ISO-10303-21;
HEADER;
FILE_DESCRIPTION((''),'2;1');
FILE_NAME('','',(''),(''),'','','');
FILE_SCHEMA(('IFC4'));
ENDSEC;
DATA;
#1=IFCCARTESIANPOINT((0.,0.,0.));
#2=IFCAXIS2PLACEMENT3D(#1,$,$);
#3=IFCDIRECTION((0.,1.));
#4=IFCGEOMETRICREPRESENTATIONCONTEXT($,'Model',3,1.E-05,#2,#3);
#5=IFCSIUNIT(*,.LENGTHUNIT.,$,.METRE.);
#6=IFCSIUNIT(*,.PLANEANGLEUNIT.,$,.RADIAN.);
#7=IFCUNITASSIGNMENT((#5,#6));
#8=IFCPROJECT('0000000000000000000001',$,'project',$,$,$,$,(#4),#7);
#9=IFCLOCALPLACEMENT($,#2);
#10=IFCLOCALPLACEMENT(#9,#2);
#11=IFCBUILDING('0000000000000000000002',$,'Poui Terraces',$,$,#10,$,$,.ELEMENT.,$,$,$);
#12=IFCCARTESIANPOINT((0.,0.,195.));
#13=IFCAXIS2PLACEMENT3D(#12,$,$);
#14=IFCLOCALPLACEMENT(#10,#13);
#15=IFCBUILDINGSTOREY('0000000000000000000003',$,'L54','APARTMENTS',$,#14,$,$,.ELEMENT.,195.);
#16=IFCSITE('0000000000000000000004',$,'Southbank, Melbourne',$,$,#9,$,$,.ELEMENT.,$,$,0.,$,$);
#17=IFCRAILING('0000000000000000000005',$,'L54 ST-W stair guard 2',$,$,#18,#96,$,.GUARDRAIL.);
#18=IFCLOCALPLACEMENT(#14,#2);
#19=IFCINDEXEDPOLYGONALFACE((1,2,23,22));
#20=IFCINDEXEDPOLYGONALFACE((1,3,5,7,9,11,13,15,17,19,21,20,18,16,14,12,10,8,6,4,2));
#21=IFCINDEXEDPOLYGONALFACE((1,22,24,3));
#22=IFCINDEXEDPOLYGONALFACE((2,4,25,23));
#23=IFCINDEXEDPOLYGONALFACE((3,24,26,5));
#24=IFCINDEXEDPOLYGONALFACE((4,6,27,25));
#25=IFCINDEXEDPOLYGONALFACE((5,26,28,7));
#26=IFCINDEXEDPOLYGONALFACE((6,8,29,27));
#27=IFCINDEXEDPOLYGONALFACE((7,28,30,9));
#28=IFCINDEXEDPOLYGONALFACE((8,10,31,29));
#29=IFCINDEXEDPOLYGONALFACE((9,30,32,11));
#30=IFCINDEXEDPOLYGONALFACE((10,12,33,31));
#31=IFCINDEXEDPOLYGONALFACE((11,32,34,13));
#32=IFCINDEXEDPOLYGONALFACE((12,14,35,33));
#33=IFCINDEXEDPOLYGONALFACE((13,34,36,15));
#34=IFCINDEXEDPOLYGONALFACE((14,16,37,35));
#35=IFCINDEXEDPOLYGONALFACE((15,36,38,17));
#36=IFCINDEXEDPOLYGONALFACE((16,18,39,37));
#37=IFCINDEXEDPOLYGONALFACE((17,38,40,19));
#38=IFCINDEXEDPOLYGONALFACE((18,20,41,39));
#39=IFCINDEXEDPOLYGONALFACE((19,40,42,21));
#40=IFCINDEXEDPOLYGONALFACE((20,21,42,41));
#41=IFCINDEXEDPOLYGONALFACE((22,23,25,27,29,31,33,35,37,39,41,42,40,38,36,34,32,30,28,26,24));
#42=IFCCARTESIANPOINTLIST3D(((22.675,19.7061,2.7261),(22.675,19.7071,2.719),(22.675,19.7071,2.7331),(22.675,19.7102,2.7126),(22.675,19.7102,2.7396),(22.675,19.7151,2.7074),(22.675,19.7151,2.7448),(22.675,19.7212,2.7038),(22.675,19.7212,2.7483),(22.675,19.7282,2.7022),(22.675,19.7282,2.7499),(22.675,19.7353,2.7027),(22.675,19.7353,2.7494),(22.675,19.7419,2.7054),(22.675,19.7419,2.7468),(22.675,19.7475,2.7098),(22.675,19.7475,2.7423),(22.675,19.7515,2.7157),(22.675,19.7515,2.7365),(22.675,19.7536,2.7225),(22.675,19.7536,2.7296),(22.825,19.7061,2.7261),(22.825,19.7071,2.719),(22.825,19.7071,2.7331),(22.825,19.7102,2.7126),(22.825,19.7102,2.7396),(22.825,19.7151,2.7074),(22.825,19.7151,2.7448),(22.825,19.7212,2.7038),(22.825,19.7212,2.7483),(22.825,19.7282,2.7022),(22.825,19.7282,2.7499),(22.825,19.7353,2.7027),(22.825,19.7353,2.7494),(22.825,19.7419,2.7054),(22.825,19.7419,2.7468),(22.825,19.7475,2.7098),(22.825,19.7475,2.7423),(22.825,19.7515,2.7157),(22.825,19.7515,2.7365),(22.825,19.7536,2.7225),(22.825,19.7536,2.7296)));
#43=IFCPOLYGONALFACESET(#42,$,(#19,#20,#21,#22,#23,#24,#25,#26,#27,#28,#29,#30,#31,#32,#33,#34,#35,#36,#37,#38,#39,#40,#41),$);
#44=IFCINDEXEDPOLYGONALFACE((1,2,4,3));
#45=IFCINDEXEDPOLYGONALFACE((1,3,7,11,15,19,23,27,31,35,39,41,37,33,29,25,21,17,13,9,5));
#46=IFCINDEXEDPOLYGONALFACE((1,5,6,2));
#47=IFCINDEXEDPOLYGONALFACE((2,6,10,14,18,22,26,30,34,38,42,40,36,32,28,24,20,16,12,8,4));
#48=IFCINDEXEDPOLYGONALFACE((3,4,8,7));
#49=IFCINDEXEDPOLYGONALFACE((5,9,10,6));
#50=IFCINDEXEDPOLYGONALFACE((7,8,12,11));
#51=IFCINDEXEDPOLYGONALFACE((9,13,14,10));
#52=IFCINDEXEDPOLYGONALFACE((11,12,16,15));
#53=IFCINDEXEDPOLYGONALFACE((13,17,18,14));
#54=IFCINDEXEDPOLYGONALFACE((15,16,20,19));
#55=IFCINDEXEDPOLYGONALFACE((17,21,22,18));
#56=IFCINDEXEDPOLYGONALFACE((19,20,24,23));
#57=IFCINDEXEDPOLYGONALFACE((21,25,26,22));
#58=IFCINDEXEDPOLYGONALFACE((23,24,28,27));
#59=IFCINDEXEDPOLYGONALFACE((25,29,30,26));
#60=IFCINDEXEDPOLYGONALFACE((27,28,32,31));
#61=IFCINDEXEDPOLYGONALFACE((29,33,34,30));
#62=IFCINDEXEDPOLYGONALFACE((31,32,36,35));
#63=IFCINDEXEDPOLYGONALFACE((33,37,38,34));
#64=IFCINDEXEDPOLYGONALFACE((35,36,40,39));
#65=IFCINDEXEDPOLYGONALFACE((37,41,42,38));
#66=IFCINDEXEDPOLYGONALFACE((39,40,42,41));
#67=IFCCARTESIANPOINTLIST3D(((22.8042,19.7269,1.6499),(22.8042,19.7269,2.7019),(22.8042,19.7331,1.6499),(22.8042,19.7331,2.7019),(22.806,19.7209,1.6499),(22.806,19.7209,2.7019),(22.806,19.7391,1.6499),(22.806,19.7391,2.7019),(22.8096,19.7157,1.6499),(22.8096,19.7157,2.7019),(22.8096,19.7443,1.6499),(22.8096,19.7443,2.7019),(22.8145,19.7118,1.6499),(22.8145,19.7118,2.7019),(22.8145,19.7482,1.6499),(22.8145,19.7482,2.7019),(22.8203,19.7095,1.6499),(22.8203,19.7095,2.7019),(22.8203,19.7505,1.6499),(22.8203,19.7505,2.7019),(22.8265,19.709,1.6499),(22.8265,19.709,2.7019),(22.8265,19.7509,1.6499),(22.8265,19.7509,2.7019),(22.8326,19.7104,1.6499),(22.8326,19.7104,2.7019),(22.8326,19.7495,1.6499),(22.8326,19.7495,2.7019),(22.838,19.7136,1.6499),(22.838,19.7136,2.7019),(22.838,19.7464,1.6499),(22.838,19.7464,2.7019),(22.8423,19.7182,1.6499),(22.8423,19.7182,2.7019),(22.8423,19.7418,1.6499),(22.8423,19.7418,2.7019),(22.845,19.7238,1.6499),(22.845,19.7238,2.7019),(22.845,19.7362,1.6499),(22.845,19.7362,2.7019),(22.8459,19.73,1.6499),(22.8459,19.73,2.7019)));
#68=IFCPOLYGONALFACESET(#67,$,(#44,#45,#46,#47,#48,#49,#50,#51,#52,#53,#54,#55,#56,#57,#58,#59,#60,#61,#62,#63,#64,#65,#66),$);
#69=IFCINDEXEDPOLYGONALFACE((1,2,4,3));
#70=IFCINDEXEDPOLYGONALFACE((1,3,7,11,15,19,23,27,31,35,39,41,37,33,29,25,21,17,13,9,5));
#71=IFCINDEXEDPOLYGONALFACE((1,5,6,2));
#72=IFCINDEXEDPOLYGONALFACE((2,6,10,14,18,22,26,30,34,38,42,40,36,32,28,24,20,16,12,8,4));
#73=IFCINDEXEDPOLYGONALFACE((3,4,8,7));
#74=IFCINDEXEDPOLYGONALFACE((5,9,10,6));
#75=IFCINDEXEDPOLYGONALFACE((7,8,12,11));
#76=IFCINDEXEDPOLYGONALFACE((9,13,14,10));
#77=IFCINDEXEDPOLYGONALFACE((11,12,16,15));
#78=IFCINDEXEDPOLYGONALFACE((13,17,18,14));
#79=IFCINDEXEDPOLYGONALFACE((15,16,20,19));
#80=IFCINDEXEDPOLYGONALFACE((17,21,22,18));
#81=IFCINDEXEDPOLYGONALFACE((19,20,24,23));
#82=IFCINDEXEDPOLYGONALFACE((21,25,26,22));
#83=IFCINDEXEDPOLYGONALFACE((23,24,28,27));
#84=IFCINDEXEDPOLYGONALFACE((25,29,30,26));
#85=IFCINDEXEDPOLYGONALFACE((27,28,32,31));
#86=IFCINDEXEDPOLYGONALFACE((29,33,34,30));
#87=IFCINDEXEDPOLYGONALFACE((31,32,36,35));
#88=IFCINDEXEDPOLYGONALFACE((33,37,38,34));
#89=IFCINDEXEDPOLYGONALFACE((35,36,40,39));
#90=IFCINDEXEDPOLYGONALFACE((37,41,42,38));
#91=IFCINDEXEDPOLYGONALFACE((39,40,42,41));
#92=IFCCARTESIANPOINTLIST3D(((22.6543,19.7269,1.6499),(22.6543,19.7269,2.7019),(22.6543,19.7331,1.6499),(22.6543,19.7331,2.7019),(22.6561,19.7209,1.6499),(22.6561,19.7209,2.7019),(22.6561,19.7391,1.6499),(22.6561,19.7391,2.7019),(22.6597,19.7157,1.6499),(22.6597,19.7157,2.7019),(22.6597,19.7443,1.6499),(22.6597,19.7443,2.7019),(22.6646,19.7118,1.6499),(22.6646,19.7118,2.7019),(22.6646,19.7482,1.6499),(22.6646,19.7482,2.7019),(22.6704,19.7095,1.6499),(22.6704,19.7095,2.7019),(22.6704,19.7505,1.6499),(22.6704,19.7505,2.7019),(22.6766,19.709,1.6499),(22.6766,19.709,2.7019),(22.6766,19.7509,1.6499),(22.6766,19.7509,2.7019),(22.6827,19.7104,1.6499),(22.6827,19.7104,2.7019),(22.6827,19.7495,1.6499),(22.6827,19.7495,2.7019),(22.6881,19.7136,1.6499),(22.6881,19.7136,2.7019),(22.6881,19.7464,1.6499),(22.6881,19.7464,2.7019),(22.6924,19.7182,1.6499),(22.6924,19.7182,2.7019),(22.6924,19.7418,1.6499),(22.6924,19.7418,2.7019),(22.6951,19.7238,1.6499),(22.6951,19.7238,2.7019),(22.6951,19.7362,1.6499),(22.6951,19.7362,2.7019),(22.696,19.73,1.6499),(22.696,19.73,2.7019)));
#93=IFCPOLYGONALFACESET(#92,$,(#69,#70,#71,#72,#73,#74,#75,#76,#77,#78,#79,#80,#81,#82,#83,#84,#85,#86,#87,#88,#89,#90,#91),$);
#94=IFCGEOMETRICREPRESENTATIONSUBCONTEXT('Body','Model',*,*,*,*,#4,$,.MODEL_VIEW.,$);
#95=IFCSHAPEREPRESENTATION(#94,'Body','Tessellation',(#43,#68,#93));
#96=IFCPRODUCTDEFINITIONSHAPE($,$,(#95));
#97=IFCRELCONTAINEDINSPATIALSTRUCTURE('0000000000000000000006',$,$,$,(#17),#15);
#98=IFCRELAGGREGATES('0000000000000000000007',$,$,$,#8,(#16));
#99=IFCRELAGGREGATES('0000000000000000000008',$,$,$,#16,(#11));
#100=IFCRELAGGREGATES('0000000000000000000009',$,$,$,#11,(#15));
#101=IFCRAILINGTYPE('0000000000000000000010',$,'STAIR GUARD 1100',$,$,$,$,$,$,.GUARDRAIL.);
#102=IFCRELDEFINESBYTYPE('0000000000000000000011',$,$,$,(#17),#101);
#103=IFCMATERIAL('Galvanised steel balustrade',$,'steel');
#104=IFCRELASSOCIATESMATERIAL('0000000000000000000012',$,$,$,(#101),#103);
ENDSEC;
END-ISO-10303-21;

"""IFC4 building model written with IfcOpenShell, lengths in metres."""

from ifc_helpers import new_model, si_unit, direction, frame, origin, origin_2d, place, context, subcontext, project, spatial, circle, extrude, material, type_object, element, save


model = new_model("IFC4")

# Units and contexts
model_context = context("Model", 3, precision=1e-05, world=origin(), true_north=direction((0.0, 1.0)))
body_context = subcontext(model_context, "Body", "Model", "MODEL_VIEW")
ifc_project = project(units=[si_unit("LENGTHUNIT", "METRE"), si_unit("PLANEANGLEUNIT", "RADIAN")], contexts=[model_context])

# Site, building, storey
site_placement = place(None, origin())
site = spatial("IfcSite", under=ifc_project, at=site_placement, Name="Southbank, Melbourne", CompositionType="ELEMENT", RefElevation=0.0)
building_placement = place(site_placement, origin())
building = spatial("IfcBuilding", under=site, at=building_placement, Name="Poui Terraces", CompositionType="ELEMENT")
storey_placement = place(building_placement, frame((0.0, 0.0, 195.0)))
storey = spatial("IfcBuildingStorey", under=building, at=storey_placement, Name="L54", Description="APARTMENTS", CompositionType="ELEMENT", Elevation=195.0)

# Railing
ifc_material_1 = material(Name="Galvanised steel balustrade", Category="steel")
railing_type_1 = type_object("IfcRailingType", Name="STAIR GUARD 1100", PredefinedType="GUARDRAIL", material=ifc_material_1)
railing_1_placement = place(storey_placement, frame((22.825, 19.73, 1.6499)))
element("IfcRailing", 1, at=railing_1_placement, inside=storey, type_object=railing_type_1, Name="L54 ST-W stair guard 2", PredefinedType="GUARDRAIL", context=body_context, shape_type="SweptSolid", body=[
    extrude(circle(Radius=0.0239, at=origin_2d()), frame((0.0, 0.0, 1.0762), z_axis=(-1.0, 0.0, 0.0), x_axis=(0.0, -1.0, 0.0)), (0.0, 0.0, 1.0), 0.1499),
    extrude(circle(Radius=0.021, at=origin_2d()), origin(), (0.0, 0.0, 1.0), 1.052),
    extrude(circle(Radius=0.021, at=origin_2d()), frame((-0.1499, 0.0, 0.0)), (0.0, 0.0, 1.0), 1.052),
])

save(model, "model.ifc")
